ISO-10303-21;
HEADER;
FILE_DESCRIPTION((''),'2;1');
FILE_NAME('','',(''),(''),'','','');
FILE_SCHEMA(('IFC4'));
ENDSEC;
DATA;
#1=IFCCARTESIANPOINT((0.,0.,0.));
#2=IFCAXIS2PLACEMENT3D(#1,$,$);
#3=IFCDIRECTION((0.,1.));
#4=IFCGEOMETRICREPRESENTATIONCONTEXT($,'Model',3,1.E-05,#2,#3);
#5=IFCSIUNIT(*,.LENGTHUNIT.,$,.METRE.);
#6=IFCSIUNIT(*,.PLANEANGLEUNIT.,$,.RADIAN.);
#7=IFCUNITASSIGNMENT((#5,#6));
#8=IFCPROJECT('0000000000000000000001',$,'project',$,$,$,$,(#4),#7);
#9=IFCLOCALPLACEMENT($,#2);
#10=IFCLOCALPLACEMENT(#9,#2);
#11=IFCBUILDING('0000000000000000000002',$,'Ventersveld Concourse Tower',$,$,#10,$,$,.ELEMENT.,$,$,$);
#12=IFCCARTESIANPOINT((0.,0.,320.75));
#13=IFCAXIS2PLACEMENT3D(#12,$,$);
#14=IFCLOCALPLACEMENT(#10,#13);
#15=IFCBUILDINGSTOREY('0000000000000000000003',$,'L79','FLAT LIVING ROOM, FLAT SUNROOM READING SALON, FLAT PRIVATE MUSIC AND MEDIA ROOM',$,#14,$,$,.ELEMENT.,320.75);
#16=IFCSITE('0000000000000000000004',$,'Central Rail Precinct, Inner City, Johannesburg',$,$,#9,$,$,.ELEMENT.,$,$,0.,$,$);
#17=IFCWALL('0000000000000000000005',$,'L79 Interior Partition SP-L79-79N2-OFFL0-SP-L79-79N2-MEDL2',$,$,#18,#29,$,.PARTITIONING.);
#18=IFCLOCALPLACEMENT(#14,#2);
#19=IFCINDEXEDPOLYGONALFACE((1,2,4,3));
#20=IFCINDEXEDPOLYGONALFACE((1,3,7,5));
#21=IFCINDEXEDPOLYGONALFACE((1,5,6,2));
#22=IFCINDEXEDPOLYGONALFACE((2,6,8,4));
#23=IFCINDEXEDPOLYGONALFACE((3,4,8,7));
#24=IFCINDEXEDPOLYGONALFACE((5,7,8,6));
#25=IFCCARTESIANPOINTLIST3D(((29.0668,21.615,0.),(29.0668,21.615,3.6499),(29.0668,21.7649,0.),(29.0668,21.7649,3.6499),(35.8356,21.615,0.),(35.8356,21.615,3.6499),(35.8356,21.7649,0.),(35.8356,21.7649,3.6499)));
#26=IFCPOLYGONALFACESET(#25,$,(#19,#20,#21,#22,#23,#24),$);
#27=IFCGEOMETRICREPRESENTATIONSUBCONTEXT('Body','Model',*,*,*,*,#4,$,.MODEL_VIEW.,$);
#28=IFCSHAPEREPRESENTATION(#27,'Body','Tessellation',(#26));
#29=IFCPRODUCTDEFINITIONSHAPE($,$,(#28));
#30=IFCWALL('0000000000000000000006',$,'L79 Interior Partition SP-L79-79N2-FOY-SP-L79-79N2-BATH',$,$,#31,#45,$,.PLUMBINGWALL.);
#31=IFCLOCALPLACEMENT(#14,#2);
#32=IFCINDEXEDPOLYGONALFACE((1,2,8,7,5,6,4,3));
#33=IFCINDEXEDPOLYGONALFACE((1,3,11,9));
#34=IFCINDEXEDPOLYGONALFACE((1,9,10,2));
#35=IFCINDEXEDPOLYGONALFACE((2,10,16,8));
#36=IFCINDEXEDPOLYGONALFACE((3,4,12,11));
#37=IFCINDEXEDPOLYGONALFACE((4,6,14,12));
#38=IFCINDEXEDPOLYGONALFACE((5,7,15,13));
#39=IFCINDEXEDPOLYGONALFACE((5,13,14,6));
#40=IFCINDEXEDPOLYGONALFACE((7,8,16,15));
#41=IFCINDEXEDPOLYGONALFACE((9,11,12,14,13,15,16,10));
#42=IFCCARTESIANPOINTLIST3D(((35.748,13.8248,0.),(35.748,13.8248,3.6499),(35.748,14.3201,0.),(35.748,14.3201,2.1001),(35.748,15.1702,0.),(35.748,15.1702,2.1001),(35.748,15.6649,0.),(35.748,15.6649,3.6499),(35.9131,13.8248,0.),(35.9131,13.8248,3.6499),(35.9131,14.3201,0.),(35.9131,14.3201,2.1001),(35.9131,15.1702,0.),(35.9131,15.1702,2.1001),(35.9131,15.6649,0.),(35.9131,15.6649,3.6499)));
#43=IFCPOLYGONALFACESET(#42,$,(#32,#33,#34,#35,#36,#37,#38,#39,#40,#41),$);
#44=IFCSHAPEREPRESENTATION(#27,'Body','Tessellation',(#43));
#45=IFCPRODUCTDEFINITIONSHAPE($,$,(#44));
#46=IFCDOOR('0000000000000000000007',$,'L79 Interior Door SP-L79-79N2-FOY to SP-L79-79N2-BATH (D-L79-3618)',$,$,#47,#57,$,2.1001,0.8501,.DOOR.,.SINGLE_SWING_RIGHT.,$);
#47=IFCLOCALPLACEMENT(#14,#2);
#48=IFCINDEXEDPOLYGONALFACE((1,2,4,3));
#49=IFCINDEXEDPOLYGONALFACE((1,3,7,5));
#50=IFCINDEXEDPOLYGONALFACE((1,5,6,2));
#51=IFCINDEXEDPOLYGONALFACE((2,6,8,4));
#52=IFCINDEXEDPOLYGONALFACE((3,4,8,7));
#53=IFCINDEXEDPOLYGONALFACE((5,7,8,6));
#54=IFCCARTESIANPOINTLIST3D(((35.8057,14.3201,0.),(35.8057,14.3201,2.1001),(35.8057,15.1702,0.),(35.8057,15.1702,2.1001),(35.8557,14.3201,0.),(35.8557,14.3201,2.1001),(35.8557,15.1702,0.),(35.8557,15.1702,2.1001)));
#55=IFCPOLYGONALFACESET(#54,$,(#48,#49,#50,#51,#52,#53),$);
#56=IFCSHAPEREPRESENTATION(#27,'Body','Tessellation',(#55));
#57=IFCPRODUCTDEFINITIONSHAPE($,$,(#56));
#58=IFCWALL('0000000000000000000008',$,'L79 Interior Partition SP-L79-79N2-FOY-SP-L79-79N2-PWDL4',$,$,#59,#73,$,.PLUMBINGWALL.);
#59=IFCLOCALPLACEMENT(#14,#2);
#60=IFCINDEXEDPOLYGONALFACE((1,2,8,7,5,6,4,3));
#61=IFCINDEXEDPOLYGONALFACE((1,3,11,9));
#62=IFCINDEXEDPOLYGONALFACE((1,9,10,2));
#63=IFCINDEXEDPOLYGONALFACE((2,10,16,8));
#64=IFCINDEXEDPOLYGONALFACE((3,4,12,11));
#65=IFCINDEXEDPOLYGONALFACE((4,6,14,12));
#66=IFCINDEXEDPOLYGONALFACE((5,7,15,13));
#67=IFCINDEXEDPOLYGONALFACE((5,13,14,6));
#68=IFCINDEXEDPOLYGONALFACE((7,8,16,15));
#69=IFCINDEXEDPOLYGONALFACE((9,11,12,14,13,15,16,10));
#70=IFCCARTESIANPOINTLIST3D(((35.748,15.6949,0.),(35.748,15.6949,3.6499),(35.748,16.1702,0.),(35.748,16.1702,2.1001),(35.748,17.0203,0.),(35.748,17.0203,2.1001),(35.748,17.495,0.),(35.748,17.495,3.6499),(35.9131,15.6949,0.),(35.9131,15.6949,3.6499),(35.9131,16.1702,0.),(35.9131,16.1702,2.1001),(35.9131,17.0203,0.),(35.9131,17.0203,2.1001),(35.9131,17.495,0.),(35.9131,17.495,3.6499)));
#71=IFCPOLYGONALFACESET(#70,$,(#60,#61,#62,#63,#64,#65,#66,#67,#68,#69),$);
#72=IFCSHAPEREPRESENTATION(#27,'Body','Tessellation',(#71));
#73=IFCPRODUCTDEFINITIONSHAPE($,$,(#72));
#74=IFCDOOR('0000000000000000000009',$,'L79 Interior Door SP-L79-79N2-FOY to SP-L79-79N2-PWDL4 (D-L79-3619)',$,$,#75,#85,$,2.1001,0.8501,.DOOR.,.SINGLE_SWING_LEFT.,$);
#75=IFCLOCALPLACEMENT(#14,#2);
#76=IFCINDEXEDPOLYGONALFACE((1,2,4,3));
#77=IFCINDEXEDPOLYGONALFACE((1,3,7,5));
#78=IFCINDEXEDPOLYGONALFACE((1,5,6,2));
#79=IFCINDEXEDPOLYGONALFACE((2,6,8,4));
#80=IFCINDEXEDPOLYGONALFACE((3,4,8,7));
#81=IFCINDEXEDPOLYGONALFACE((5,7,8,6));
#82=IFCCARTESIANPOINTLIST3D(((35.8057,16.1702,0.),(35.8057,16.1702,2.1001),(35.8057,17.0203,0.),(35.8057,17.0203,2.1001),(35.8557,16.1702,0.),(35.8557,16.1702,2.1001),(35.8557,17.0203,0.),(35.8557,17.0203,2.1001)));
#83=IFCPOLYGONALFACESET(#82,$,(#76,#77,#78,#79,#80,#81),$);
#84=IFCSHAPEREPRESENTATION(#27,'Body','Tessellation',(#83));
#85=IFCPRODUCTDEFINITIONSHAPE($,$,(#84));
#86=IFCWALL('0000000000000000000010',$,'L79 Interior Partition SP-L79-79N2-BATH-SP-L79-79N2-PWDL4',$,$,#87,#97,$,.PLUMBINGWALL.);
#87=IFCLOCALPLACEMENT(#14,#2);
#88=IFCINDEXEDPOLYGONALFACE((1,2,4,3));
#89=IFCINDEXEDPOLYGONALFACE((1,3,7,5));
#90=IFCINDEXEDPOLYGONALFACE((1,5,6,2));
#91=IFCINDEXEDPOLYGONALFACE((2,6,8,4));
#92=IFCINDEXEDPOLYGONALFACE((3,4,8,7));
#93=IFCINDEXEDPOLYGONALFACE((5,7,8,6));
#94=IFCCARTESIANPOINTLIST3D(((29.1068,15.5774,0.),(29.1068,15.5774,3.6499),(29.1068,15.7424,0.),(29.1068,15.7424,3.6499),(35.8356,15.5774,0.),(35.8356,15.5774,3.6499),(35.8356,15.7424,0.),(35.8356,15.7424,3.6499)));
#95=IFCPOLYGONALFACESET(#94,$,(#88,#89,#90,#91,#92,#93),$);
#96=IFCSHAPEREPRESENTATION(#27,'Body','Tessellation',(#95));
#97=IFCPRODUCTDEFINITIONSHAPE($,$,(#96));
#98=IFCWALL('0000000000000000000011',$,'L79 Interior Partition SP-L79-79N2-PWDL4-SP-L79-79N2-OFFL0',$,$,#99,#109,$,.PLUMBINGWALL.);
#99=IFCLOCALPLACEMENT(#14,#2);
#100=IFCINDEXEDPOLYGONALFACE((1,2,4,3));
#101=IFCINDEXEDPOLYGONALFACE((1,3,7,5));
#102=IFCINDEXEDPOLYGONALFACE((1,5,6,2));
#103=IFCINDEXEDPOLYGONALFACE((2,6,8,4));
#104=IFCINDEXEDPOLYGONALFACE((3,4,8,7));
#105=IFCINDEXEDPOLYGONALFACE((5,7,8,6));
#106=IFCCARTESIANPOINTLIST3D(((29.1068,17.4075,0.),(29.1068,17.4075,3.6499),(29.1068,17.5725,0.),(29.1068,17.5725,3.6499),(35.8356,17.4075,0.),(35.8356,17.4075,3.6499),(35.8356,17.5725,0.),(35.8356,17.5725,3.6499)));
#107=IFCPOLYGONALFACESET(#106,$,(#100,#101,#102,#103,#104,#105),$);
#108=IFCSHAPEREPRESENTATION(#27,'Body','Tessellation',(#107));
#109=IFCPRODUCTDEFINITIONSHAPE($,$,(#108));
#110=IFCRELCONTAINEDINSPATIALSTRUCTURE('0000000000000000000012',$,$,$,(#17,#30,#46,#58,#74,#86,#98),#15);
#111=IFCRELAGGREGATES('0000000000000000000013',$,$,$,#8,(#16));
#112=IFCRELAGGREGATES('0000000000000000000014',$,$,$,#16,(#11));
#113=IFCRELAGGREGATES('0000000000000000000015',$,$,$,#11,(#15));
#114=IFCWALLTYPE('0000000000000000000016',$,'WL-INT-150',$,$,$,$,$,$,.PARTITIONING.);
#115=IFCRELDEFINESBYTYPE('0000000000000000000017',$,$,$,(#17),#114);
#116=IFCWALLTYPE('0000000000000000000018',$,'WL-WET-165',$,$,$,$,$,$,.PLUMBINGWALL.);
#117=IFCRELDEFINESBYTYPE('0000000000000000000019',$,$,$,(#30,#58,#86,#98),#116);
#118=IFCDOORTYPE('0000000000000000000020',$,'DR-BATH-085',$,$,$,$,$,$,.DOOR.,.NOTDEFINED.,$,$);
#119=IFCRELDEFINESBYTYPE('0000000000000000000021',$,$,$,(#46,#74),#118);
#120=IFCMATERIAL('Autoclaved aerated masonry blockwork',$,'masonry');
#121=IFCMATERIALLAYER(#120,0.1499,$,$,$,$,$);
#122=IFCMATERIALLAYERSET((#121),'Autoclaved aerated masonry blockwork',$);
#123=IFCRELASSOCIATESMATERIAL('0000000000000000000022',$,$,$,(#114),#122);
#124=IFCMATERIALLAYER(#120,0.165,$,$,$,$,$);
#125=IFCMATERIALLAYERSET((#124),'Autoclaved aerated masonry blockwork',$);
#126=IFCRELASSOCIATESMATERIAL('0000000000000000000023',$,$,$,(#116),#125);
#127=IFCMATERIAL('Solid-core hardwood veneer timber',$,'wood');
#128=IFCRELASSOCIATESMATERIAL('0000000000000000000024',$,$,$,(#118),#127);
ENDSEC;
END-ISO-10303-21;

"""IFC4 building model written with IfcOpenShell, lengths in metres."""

from ifc_helpers import new_model, si_unit, direction, frame, frame_2d, origin, place, context, subcontext, project, spatial, rectangle, extrude, material, layer, layer_set, type_object, element, fill, save


model = new_model("IFC4")

# Units and contexts
model_context = context("Model", 3, precision=1e-05, world=origin(), true_north=direction((0.0, 1.0)))
body_context = subcontext(model_context, "Body", "Model", "MODEL_VIEW")
ifc_project = project(units=[si_unit("LENGTHUNIT", "METRE"), si_unit("PLANEANGLEUNIT", "RADIAN")], contexts=[model_context])

# Site, building, storey
site_placement = place(None, origin())
site = spatial("IfcSite", under=ifc_project, at=site_placement, Name="Central Rail Precinct, Inner City, Johannesburg", CompositionType="ELEMENT", RefElevation=0.0)
building_placement = place(site_placement, origin())
building = spatial("IfcBuilding", under=site, at=building_placement, Name="Ventersveld Concourse Tower", CompositionType="ELEMENT")
storey_placement = place(building_placement, frame((0.0, 0.0, 320.75)))
storey = spatial("IfcBuildingStorey", under=building, at=storey_placement, Name="L79", Description="FLAT LIVING ROOM, FLAT SUNROOM READING SALON, FLAT PRIVATE MUSIC AND MEDIA ROOM", CompositionType="ELEMENT", Elevation=320.75)

# Shared definitions
ifc_material_1 = material(Name="Solid-core hardwood veneer timber", Category="wood")

# Shared definitions
ifc_material_2 = material(Name="Autoclaved aerated masonry blockwork", Category="masonry")
ifc_layer_1 = layer(ifc_material_2, 0.1499)
ifc_layer_set_1 = layer_set([ifc_layer_1], Name="Autoclaved aerated masonry blockwork")
wall_type_1 = type_object("IfcWallType", Name="WL-INT-150", PredefinedType="PARTITIONING", material=ifc_layer_set_1)

# Wall
wall_1_placement = place(storey_placement, frame((29.0669, 21.6899, 0.0), z_axis=(0.0, 0.0, 1.0), x_axis=(1.0, 0.0, 0.0)))
element("IfcWall", 1, at=wall_1_placement, inside=storey, type_object=wall_type_1, Name="L79 Interior Partition SP-L79-79N2-OFFL0-SP-L79-79N2-MEDL2", PredefinedType="PARTITIONING", context=body_context, shape_type="SweptSolid", body=[
    extrude(rectangle(XDim=6.7688, YDim=0.1499, at=frame_2d((3.3843, 0.0))), origin(), (0.0, 0.0, 1.0), 3.6499),
])

# Walls, openings, doors
ifc_layer_2 = layer(ifc_material_2, 0.165)
ifc_layer_set_2 = layer_set([ifc_layer_2], Name="Autoclaved aerated masonry blockwork")
wall_type_2 = type_object("IfcWallType", Name="WL-WET-165", PredefinedType="PLUMBINGWALL", material=ifc_layer_set_2)
wall_2_placement = place(storey_placement, frame((35.8306, 13.825, 0.0), z_axis=(0.0, 0.0, 1.0), x_axis=(0.0, 1.0, 0.0)))
wall_2 = element("IfcWall", 2, at=wall_2_placement, inside=storey, type_object=wall_type_2, Name="L79 Interior Partition SP-L79-79N2-FOY-SP-L79-79N2-BATH", PredefinedType="PLUMBINGWALL", context=body_context, shape_type="SweptSolid", body=[
    extrude(rectangle(XDim=1.8401, YDim=0.165, at=frame_2d((0.9199, 0.0))), origin(), (0.0, 0.0, 1.0), 3.6499),
])
opening_1_placement = place(wall_2_placement, frame((0.4951, 0.0, 0.0)))
opening_1 = element("IfcOpeningElement", 3, at=opening_1_placement, cuts=wall_2, PredefinedType="OPENING", context=body_context, shape_type="SweptSolid", body=[
    extrude(rectangle(XDim=0.8501, YDim=2.1001, at=frame_2d((0.425, 1.05))), frame((0.0, 0.0925, 0.0), z_axis=(0.0, -1.0, 0.0), x_axis=(1.0, 0.0, 0.0)), (0.0, 0.0, 1.0), 0.1851),
])
door_type_1 = type_object("IfcDoorType", Name="DR-BATH-085", OperationType="NOTDEFINED", PredefinedType="DOOR", material=ifc_material_1)
door_1_placement = place(opening_1_placement, origin())
door_1 = element("IfcDoor", 4, at=door_1_placement, inside=storey, type_object=door_type_1, Name="L79 Interior Door SP-L79-79N2-FOY to SP-L79-79N2-BATH (D-L79-3618)", OperationType="SINGLE_SWING_RIGHT", OverallHeight=2.1001, OverallWidth=0.8501, PredefinedType="DOOR", context=body_context, shape_type="SweptSolid", body=[
    extrude(rectangle(XDim=0.8501, YDim=2.1001, at=frame_2d((0.425, 1.05))), frame((0.0, 0.0249, 0.0), z_axis=(0.0, -1.0, 0.0), x_axis=(1.0, 0.0, 0.0)), (0.0, 0.0, 1.0), 0.05),
])
fill(opening_1, door_1)
wall_3_placement = place(storey_placement, frame((35.8306, 15.6951, 0.0), z_axis=(0.0, 0.0, 1.0), x_axis=(0.0, 1.0, 0.0)))
wall_3 = element("IfcWall", 5, at=wall_3_placement, inside=storey, type_object=wall_type_2, Name="L79 Interior Partition SP-L79-79N2-FOY-SP-L79-79N2-PWDL4", PredefinedType="PLUMBINGWALL", context=body_context, shape_type="SweptSolid", body=[
    extrude(rectangle(XDim=1.8, YDim=0.165, at=frame_2d((0.8999, 0.0))), origin(), (0.0, 0.0, 1.0), 3.6499),
])
opening_2_placement = place(wall_3_placement, frame((0.4751, 0.0, 0.0)))
opening_2 = element("IfcOpeningElement", 6, at=opening_2_placement, cuts=wall_3, PredefinedType="OPENING", context=body_context, shape_type="SweptSolid", body=[
    extrude(rectangle(XDim=0.8501, YDim=2.1001, at=frame_2d((0.425, 1.05))), frame((0.0, 0.0925, 0.0), z_axis=(0.0, -1.0, 0.0), x_axis=(1.0, 0.0, 0.0)), (0.0, 0.0, 1.0), 0.1851),
])
door_2_placement = place(opening_2_placement, origin())
door_2 = element("IfcDoor", 7, at=door_2_placement, inside=storey, type_object=door_type_1, Name="L79 Interior Door SP-L79-79N2-FOY to SP-L79-79N2-PWDL4 (D-L79-3619)", OperationType="SINGLE_SWING_LEFT", OverallHeight=2.1001, OverallWidth=0.8501, PredefinedType="DOOR", context=body_context, shape_type="SweptSolid", body=[
    extrude(rectangle(XDim=0.8501, YDim=2.1001, at=frame_2d((0.425, 1.05))), frame((0.0, 0.0249, 0.0), z_axis=(0.0, -1.0, 0.0), x_axis=(1.0, 0.0, 0.0)), (0.0, 0.0, 1.0), 0.05),
])
fill(opening_2, door_2)

# Walls
for number, where, z_axis, x_axis, name in (
    (8, (29.1069, 15.6599, 0.0), (0.0, 0.0, 1.0), (1.0, 0.0, 0.0), "L79 Interior Partition SP-L79-79N2-BATH-SP-L79-79N2-PWDL4"),
    (9, (29.1069, 17.49, 0.0), (0.0, 0.0, 1.0), (1.0, 0.0, 0.0), "L79 Interior Partition SP-L79-79N2-PWDL4-SP-L79-79N2-OFFL0"),
):
    element("IfcWall", number, at=place(storey_placement, frame(where, z_axis=z_axis, x_axis=x_axis)), inside=storey, type_object=wall_type_2, Name=name, PredefinedType="PLUMBINGWALL", context=body_context, shape_type="SweptSolid", body=[
        extrude(rectangle(XDim=6.7288, YDim=0.165, at=frame_2d((3.3643, 0.0))), origin(), (0.0, 0.0, 1.0), 3.6499),
    ])

save(model, "model.ifc")
